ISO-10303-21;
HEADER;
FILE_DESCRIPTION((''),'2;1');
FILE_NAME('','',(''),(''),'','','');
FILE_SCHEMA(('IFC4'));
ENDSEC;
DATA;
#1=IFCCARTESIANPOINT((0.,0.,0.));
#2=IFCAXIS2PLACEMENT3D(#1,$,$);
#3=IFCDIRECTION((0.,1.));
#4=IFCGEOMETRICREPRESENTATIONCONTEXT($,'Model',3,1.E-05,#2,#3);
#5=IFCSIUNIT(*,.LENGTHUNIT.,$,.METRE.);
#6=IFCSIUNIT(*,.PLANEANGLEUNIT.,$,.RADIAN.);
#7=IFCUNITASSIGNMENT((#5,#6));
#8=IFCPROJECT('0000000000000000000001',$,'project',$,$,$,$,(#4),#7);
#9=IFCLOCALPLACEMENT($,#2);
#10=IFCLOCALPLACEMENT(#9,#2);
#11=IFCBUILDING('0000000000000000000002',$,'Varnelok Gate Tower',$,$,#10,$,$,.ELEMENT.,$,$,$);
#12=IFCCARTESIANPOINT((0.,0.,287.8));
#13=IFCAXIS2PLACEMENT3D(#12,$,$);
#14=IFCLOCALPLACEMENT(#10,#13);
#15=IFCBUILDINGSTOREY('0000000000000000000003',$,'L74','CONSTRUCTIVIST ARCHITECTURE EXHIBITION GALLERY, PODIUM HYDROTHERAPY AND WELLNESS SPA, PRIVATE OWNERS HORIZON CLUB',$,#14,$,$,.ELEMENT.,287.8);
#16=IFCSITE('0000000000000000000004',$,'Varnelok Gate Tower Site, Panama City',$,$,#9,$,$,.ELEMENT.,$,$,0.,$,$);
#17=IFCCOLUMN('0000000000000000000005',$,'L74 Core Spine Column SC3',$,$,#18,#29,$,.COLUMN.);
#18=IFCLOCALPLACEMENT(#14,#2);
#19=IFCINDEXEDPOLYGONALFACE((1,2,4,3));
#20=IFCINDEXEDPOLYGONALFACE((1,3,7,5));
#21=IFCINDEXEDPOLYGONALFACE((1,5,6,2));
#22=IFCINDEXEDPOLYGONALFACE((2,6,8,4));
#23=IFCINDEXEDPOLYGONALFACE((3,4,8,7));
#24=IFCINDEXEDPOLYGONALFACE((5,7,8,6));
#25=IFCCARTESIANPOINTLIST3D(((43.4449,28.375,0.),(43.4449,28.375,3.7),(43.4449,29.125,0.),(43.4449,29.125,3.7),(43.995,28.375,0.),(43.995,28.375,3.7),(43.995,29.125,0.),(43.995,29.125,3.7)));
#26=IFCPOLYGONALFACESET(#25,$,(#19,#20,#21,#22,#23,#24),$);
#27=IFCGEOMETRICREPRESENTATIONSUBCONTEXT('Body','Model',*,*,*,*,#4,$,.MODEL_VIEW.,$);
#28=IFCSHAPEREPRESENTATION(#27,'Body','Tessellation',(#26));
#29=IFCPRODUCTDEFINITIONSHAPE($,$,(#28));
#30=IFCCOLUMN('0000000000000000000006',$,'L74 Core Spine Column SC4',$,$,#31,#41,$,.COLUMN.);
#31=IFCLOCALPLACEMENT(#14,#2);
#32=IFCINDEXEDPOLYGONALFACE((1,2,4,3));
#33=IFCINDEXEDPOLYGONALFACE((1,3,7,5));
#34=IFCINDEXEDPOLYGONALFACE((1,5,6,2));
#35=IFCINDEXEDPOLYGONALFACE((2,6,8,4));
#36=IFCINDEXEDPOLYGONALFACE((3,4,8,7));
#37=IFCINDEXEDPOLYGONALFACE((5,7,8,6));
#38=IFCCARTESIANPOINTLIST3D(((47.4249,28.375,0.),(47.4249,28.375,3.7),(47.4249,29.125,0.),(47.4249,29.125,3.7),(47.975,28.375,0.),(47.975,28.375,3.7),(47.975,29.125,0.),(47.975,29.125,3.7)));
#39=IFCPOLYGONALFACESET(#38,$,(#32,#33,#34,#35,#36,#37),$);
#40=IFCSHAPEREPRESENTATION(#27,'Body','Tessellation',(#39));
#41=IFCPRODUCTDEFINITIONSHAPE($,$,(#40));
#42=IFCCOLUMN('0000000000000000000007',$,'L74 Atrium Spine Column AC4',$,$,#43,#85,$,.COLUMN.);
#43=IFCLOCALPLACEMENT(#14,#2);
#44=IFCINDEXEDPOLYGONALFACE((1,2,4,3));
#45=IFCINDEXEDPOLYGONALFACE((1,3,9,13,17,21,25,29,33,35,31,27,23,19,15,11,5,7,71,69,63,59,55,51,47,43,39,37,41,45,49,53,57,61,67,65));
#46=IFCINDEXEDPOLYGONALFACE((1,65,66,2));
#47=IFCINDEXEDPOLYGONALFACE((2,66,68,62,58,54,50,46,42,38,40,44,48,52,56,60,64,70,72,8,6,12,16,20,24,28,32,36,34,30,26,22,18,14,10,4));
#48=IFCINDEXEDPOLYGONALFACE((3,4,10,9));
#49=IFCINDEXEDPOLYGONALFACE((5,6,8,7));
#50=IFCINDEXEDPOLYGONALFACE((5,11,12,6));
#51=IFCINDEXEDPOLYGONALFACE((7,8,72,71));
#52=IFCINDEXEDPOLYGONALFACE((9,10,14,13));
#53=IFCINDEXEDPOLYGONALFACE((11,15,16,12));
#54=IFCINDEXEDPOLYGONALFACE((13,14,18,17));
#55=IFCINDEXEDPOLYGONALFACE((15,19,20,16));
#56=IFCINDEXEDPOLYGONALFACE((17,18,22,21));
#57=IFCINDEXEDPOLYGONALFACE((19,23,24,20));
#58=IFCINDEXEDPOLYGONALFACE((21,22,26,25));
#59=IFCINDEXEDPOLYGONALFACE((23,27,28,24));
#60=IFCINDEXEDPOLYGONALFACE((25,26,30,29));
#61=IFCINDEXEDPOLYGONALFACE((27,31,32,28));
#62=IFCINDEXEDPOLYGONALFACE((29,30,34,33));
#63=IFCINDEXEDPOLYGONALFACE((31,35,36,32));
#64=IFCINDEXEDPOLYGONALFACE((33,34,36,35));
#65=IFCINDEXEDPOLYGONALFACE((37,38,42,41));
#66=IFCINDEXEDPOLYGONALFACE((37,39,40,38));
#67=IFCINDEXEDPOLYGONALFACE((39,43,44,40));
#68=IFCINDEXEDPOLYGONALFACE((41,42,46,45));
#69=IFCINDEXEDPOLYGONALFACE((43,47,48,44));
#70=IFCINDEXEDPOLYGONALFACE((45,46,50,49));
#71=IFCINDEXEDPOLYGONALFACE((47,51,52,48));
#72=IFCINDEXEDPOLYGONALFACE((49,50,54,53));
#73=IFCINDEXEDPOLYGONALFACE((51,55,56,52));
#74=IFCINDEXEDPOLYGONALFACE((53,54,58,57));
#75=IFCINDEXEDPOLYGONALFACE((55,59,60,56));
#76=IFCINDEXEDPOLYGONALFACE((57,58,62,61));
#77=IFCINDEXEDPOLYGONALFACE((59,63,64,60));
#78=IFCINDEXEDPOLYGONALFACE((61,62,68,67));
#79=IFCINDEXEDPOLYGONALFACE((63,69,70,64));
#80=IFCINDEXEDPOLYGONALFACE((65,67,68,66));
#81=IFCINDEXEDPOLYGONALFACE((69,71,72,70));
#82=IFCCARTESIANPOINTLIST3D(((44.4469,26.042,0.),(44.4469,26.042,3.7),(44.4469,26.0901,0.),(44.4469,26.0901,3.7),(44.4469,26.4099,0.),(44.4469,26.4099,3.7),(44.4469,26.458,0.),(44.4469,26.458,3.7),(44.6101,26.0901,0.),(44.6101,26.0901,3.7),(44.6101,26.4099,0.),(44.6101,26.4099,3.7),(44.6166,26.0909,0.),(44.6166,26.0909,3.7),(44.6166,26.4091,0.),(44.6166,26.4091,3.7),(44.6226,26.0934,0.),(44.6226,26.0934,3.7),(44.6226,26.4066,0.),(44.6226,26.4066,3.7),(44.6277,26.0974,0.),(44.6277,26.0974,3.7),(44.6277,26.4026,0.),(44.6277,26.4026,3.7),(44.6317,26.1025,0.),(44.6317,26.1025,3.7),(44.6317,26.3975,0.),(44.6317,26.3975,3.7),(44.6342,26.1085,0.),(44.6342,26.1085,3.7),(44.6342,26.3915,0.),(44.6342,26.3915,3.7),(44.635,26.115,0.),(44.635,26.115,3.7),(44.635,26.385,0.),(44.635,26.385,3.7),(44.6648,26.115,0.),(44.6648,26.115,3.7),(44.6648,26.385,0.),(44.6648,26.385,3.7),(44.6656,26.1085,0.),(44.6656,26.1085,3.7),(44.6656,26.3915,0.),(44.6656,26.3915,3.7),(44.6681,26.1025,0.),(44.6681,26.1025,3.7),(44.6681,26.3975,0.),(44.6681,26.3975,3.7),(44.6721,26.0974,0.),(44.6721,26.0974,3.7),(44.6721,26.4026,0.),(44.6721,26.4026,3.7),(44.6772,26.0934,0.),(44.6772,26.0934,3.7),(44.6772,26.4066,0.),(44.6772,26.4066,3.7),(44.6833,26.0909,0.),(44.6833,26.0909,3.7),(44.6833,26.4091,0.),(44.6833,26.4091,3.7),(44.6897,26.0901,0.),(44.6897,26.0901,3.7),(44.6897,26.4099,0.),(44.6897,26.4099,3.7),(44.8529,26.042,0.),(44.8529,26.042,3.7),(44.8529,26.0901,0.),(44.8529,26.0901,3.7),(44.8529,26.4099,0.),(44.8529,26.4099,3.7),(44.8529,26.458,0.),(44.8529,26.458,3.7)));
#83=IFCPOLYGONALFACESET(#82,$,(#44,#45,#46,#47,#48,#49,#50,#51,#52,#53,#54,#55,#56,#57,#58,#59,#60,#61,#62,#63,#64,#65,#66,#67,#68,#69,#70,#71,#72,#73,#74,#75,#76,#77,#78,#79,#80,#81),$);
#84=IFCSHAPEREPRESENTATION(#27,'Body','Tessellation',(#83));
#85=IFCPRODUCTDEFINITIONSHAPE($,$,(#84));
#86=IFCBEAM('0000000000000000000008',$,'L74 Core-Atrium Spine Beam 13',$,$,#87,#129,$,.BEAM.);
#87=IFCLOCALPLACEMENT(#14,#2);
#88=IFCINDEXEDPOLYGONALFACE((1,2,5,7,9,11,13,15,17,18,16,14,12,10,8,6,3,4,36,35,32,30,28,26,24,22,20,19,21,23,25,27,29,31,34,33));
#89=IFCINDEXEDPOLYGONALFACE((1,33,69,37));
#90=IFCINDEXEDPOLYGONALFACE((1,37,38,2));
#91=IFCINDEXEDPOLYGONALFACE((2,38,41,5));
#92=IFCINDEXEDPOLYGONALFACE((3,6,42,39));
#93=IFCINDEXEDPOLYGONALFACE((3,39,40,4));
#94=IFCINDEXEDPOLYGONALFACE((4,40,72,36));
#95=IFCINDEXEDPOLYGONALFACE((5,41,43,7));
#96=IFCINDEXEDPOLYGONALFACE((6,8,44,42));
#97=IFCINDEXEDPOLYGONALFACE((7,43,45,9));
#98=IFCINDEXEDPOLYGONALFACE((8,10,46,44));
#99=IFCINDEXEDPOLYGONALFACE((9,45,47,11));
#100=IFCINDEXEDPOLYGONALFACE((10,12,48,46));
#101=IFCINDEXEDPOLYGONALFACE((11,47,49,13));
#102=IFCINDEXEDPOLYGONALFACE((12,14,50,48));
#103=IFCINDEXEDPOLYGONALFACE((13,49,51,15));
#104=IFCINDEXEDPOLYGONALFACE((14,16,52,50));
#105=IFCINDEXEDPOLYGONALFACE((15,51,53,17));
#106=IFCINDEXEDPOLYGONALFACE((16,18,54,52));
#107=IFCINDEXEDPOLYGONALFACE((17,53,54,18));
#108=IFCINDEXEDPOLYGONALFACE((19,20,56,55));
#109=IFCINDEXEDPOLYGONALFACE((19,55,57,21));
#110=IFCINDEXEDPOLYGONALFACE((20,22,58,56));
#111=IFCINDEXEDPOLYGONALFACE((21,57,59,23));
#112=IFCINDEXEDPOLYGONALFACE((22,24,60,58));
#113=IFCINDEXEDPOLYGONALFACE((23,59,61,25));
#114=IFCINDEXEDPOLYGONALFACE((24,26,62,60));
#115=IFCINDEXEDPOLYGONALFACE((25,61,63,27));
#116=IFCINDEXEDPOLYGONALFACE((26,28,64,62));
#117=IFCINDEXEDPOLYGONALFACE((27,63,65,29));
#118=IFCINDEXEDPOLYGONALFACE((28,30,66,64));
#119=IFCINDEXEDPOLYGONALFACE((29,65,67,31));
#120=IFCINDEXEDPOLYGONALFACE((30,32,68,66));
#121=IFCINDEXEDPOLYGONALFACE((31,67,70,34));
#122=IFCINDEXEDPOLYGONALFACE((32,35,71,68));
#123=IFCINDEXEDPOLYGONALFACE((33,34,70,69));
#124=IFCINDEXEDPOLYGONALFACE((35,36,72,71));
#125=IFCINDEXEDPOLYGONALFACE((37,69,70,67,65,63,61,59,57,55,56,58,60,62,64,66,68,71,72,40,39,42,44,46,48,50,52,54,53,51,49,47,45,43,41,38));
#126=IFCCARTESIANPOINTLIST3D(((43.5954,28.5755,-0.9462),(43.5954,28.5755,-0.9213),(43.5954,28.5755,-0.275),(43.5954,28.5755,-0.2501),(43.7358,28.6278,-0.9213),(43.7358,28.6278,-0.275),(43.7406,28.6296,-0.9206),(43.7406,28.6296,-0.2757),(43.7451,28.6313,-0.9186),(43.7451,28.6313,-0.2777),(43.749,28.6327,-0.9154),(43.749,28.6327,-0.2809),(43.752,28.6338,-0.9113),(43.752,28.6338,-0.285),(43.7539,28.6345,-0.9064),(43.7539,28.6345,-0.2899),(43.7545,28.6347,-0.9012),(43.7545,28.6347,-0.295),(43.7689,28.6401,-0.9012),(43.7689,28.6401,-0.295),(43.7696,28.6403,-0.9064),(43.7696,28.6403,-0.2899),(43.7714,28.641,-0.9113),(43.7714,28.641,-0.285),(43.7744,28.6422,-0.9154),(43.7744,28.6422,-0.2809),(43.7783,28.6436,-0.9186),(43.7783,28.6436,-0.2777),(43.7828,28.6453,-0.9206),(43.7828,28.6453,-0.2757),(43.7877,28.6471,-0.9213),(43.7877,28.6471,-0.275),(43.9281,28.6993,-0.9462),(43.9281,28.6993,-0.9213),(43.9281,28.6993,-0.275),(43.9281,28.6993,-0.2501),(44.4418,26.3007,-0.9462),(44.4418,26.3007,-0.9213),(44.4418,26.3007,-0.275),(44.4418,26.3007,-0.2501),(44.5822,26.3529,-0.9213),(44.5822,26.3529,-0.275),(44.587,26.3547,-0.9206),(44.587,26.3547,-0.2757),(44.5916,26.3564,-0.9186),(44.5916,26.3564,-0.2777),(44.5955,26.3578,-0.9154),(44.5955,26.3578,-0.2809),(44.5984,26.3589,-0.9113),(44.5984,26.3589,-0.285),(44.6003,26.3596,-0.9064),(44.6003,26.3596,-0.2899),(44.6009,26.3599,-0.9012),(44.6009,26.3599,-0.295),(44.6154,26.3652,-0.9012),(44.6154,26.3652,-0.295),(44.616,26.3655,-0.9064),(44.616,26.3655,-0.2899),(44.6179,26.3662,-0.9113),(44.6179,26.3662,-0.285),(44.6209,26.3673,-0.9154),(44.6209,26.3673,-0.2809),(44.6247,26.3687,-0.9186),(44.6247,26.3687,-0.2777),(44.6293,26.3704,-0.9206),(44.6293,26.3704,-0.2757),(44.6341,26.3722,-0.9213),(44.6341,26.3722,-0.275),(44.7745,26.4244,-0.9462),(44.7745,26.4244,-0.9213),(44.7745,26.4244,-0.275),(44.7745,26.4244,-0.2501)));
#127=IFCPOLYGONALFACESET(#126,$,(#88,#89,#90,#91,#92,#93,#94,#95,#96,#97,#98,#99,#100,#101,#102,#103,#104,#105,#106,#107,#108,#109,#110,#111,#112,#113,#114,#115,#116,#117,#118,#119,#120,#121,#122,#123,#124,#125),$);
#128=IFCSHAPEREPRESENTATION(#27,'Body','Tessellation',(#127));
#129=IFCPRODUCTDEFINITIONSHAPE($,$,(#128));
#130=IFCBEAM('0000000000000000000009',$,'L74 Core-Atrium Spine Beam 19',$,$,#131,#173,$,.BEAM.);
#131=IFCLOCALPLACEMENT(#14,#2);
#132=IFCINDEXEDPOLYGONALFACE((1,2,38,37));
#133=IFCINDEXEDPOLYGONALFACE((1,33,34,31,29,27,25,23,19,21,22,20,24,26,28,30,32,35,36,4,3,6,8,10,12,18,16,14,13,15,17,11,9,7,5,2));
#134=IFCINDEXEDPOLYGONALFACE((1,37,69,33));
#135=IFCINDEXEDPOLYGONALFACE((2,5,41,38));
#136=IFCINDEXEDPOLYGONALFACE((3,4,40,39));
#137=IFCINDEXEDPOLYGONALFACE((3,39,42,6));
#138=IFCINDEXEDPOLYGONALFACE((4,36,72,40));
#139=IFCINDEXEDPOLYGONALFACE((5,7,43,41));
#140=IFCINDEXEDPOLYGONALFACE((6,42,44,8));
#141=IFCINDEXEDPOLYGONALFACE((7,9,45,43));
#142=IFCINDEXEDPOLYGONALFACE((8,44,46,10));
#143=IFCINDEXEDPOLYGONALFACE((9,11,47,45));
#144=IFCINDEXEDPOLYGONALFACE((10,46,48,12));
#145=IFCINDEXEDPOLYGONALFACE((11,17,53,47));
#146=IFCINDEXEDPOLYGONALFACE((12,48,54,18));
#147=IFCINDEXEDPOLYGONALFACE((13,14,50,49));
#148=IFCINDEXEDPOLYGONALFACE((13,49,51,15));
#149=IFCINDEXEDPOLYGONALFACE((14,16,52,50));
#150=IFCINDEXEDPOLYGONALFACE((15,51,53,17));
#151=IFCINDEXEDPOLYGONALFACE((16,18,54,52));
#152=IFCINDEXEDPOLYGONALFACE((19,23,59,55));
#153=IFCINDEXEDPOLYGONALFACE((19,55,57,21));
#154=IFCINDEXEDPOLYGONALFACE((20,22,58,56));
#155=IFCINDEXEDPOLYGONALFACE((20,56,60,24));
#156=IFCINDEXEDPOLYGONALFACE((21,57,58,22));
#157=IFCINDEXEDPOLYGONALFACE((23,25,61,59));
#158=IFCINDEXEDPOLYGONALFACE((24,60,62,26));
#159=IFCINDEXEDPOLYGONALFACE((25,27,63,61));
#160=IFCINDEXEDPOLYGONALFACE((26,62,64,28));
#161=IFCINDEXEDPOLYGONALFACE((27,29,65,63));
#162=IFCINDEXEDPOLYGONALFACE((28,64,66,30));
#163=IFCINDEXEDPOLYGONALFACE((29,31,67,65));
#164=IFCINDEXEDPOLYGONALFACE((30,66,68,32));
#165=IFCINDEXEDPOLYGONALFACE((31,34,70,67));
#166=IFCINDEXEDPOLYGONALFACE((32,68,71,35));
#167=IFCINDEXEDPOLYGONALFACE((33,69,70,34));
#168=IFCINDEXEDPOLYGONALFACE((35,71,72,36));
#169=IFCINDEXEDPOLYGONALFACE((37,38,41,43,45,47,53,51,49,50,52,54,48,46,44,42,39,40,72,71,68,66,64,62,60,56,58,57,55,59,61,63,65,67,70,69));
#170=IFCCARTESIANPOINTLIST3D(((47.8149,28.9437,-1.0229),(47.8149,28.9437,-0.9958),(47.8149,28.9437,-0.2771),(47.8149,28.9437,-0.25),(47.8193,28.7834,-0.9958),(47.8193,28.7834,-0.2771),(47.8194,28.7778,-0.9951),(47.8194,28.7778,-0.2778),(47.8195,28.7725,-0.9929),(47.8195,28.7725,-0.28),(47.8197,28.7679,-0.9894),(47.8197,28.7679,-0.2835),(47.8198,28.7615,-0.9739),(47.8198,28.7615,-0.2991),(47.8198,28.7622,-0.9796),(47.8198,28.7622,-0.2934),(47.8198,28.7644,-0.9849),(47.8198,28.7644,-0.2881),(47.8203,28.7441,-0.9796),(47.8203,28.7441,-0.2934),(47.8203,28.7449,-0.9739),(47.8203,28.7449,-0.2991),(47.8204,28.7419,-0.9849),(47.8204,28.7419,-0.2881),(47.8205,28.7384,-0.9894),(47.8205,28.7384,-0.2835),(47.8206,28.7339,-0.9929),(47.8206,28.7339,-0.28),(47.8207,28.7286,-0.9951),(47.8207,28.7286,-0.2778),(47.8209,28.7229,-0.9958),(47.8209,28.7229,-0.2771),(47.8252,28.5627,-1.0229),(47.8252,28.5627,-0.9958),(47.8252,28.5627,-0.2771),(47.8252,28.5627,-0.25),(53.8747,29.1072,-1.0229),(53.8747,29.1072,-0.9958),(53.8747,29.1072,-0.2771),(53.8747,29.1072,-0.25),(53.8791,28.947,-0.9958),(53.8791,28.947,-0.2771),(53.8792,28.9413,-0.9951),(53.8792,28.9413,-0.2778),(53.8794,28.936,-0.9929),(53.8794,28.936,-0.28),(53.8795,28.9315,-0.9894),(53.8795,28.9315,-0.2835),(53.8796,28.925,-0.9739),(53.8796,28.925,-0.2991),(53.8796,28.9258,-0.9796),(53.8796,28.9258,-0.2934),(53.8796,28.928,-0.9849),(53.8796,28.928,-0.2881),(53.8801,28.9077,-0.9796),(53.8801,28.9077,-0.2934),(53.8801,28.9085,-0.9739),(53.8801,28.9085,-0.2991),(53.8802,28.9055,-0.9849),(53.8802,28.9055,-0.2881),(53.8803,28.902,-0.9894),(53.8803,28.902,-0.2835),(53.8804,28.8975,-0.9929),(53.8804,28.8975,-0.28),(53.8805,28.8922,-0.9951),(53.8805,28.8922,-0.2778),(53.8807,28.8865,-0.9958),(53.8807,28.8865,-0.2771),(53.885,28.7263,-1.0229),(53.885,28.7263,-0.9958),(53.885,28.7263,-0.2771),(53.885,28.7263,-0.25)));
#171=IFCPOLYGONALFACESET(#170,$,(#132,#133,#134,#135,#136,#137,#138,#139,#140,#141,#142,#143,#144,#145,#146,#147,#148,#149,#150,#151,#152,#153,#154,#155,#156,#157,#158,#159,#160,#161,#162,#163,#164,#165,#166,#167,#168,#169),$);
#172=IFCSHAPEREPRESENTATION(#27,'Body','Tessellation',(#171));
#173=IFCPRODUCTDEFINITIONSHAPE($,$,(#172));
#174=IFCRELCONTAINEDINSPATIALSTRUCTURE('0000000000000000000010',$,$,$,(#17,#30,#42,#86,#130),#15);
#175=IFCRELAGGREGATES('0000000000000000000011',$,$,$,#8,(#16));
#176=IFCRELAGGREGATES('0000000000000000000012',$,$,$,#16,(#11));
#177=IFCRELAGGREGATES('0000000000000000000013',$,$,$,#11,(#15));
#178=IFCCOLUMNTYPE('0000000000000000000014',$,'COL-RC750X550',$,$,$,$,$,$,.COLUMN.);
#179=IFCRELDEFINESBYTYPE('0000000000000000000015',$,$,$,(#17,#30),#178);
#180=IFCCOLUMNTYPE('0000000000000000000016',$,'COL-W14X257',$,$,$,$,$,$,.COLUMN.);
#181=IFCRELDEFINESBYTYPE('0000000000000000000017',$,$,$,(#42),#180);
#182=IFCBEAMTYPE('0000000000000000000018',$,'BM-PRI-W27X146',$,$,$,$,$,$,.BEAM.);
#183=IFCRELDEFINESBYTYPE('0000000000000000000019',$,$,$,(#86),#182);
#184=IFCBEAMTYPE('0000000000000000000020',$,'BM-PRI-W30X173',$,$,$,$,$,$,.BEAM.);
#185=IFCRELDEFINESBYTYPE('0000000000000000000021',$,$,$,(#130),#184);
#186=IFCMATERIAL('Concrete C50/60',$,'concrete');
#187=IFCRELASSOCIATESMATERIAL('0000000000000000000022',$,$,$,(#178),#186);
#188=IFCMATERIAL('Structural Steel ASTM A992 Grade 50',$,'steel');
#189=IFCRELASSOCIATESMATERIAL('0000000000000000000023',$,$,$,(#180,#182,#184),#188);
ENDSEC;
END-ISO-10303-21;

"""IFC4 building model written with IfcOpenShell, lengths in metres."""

from ifc_helpers import new_model, si_unit, direction, frame, origin, origin_2d, place, context, subcontext, project, spatial, rectangle, i_section, extrude, material, material_profile, profile_set, type_object, element, save


model = new_model("IFC4")

# Units and contexts
model_context = context("Model", 3, precision=1e-05, world=origin(), true_north=direction((0.0, 1.0)))
body_context = subcontext(model_context, "Body", "Model", "MODEL_VIEW")
ifc_project = project(units=[si_unit("LENGTHUNIT", "METRE"), si_unit("PLANEANGLEUNIT", "RADIAN")], contexts=[model_context])

# Site, building, storey
site_placement = place(None, origin())
site = spatial("IfcSite", under=ifc_project, at=site_placement, Name="Varnelok Gate Tower Site, Panama City", CompositionType="ELEMENT", RefElevation=0.0)
building_placement = place(site_placement, origin())
building = spatial("IfcBuilding", under=site, at=building_placement, Name="Varnelok Gate Tower", CompositionType="ELEMENT")
storey_placement = place(building_placement, frame((0.0, 0.0, 287.8)))
storey = spatial("IfcBuildingStorey", under=building, at=storey_placement, Name="L74", Description="CONSTRUCTIVIST ARCHITECTURE EXHIBITION GALLERY, PODIUM HYDROTHERAPY AND WELLNESS SPA, PRIVATE OWNERS HORIZON CLUB", CompositionType="ELEMENT", Elevation=287.8)

# Columns
ifc_material_1 = material(Name="Concrete C50/60", Category="concrete")
ifc_material_profile_1 = material_profile(ifc_material_1, rectangle(XDim=0.55, YDim=0.75, at=origin_2d()), Name="RC750X550")
ifc_profile_set_1 = profile_set([ifc_material_profile_1], Name="Concrete C50/60")
column_type_1 = type_object("IfcColumnType", Name="COL-RC750X550", PredefinedType="COLUMN", material=ifc_profile_set_1)
for number, where, z_axis, x_axis, name in (
    (1, (43.72, 28.75, 0.0), (0.0, 0.0, 1.0), (1.0, 0.0, 0.0), "L74 Core Spine Column SC3"),
    (2, (47.7, 28.75, 0.0), (0.0, 0.0, 1.0), (1.0, 0.0, 0.0), "L74 Core Spine Column SC4"),
):
    element("IfcColumn", number, at=place(storey_placement, frame(where, z_axis=z_axis, x_axis=x_axis)), inside=storey, type_object=column_type_1, Name=name, PredefinedType="COLUMN", context=body_context, shape_type="SweptSolid", body=[
        extrude(rectangle(XDim=0.55, YDim=0.75, at=origin_2d()), origin(), (0.0, 0.0, 1.0), 3.7),
    ])
ifc_material_2 = material(Name="Structural Steel ASTM A992 Grade 50", Category="steel")
ifc_material_profile_2 = material_profile(ifc_material_2, i_section(OverallWidth=0.406, OverallDepth=0.416, WebThickness=0.0298, FlangeThickness=0.0481, FilletRadius=0.0249, at=origin_2d()), Name="W14X257")
ifc_profile_set_2 = profile_set([ifc_material_profile_2], Name="Structural Steel ASTM A992 Grade 50")
column_type_2 = type_object("IfcColumnType", Name="COL-W14X257", PredefinedType="COLUMN", material=ifc_profile_set_2)
column_placement = place(storey_placement, frame((44.6499, 26.25, 0.0), z_axis=(0.0, 0.0, 1.0), x_axis=(1.0, 0.0, 0.0)))
element("IfcColumn", 3, at=column_placement, inside=storey, type_object=column_type_2, Name="L74 Atrium Spine Column AC4", PredefinedType="COLUMN", context=body_context, shape_type="SweptSolid", body=[
    extrude(i_section(OverallWidth=0.406, OverallDepth=0.416, WebThickness=0.0298, FlangeThickness=0.0481, FilletRadius=0.0249, at=origin_2d()), origin(), (0.0, 0.0, 1.0), 3.7),
])

# Beams
ifc_material_profile_3 = material_profile(ifc_material_2, i_section(OverallWidth=0.355, OverallDepth=0.696, WebThickness=0.0154, FlangeThickness=0.0249, FilletRadius=0.02, at=origin_2d()), Name="W27X146")
ifc_profile_set_3 = profile_set([ifc_material_profile_3], Name="Structural Steel ASTM A992 Grade 50")
beam_type_1 = type_object("IfcBeamType", Name="BM-PRI-W27X146", PredefinedType="BEAM", material=ifc_profile_set_3)
beam_1_placement = place(storey_placement, frame((44.6082, 26.3625, -0.5981), z_axis=(-0.348719, 0.937227, 0.0), x_axis=(-0.937227, -0.348719, 0.0)))
element("IfcBeam", 4, at=beam_1_placement, inside=storey, type_object=beam_type_1, Name="L74 Core-Atrium Spine Beam 13", PredefinedType="BEAM", context=body_context, shape_type="SweptSolid", body=[
    extrude(i_section(OverallWidth=0.355, OverallDepth=0.696, WebThickness=0.0154, FlangeThickness=0.0249, FilletRadius=0.02, at=origin_2d()), origin(), (0.0, 0.0, 1.0), 2.4272),
])
ifc_material_profile_4 = material_profile(ifc_material_2, i_section(OverallWidth=0.3811, OverallDepth=0.7729, WebThickness=0.0166, FlangeThickness=0.0271, FilletRadius=0.022, at=origin_2d()), Name="W30X173")
ifc_profile_set_4 = profile_set([ifc_material_profile_4], Name="Structural Steel ASTM A992 Grade 50")
beam_type_2 = type_object("IfcBeamType", Name="BM-PRI-W30X173", PredefinedType="BEAM", material=ifc_profile_set_4)
beam_2_placement = place(storey_placement, frame((47.8201, 28.7532, -0.6365), z_axis=(0.999636, 0.026983, 0.0), x_axis=(-0.026983, 0.999636, 0.0)))
element("IfcBeam", 5, at=beam_2_placement, inside=storey, type_object=beam_type_2, Name="L74 Core-Atrium Spine Beam 19", PredefinedType="BEAM", context=body_context, shape_type="SweptSolid", body=[
    extrude(i_section(OverallWidth=0.3811, OverallDepth=0.7729, WebThickness=0.0166, FlangeThickness=0.0271, FilletRadius=0.022, at=origin_2d()), origin(), (0.0, 0.0, 1.0), 6.062),
])

save(model, "model.ifc")
